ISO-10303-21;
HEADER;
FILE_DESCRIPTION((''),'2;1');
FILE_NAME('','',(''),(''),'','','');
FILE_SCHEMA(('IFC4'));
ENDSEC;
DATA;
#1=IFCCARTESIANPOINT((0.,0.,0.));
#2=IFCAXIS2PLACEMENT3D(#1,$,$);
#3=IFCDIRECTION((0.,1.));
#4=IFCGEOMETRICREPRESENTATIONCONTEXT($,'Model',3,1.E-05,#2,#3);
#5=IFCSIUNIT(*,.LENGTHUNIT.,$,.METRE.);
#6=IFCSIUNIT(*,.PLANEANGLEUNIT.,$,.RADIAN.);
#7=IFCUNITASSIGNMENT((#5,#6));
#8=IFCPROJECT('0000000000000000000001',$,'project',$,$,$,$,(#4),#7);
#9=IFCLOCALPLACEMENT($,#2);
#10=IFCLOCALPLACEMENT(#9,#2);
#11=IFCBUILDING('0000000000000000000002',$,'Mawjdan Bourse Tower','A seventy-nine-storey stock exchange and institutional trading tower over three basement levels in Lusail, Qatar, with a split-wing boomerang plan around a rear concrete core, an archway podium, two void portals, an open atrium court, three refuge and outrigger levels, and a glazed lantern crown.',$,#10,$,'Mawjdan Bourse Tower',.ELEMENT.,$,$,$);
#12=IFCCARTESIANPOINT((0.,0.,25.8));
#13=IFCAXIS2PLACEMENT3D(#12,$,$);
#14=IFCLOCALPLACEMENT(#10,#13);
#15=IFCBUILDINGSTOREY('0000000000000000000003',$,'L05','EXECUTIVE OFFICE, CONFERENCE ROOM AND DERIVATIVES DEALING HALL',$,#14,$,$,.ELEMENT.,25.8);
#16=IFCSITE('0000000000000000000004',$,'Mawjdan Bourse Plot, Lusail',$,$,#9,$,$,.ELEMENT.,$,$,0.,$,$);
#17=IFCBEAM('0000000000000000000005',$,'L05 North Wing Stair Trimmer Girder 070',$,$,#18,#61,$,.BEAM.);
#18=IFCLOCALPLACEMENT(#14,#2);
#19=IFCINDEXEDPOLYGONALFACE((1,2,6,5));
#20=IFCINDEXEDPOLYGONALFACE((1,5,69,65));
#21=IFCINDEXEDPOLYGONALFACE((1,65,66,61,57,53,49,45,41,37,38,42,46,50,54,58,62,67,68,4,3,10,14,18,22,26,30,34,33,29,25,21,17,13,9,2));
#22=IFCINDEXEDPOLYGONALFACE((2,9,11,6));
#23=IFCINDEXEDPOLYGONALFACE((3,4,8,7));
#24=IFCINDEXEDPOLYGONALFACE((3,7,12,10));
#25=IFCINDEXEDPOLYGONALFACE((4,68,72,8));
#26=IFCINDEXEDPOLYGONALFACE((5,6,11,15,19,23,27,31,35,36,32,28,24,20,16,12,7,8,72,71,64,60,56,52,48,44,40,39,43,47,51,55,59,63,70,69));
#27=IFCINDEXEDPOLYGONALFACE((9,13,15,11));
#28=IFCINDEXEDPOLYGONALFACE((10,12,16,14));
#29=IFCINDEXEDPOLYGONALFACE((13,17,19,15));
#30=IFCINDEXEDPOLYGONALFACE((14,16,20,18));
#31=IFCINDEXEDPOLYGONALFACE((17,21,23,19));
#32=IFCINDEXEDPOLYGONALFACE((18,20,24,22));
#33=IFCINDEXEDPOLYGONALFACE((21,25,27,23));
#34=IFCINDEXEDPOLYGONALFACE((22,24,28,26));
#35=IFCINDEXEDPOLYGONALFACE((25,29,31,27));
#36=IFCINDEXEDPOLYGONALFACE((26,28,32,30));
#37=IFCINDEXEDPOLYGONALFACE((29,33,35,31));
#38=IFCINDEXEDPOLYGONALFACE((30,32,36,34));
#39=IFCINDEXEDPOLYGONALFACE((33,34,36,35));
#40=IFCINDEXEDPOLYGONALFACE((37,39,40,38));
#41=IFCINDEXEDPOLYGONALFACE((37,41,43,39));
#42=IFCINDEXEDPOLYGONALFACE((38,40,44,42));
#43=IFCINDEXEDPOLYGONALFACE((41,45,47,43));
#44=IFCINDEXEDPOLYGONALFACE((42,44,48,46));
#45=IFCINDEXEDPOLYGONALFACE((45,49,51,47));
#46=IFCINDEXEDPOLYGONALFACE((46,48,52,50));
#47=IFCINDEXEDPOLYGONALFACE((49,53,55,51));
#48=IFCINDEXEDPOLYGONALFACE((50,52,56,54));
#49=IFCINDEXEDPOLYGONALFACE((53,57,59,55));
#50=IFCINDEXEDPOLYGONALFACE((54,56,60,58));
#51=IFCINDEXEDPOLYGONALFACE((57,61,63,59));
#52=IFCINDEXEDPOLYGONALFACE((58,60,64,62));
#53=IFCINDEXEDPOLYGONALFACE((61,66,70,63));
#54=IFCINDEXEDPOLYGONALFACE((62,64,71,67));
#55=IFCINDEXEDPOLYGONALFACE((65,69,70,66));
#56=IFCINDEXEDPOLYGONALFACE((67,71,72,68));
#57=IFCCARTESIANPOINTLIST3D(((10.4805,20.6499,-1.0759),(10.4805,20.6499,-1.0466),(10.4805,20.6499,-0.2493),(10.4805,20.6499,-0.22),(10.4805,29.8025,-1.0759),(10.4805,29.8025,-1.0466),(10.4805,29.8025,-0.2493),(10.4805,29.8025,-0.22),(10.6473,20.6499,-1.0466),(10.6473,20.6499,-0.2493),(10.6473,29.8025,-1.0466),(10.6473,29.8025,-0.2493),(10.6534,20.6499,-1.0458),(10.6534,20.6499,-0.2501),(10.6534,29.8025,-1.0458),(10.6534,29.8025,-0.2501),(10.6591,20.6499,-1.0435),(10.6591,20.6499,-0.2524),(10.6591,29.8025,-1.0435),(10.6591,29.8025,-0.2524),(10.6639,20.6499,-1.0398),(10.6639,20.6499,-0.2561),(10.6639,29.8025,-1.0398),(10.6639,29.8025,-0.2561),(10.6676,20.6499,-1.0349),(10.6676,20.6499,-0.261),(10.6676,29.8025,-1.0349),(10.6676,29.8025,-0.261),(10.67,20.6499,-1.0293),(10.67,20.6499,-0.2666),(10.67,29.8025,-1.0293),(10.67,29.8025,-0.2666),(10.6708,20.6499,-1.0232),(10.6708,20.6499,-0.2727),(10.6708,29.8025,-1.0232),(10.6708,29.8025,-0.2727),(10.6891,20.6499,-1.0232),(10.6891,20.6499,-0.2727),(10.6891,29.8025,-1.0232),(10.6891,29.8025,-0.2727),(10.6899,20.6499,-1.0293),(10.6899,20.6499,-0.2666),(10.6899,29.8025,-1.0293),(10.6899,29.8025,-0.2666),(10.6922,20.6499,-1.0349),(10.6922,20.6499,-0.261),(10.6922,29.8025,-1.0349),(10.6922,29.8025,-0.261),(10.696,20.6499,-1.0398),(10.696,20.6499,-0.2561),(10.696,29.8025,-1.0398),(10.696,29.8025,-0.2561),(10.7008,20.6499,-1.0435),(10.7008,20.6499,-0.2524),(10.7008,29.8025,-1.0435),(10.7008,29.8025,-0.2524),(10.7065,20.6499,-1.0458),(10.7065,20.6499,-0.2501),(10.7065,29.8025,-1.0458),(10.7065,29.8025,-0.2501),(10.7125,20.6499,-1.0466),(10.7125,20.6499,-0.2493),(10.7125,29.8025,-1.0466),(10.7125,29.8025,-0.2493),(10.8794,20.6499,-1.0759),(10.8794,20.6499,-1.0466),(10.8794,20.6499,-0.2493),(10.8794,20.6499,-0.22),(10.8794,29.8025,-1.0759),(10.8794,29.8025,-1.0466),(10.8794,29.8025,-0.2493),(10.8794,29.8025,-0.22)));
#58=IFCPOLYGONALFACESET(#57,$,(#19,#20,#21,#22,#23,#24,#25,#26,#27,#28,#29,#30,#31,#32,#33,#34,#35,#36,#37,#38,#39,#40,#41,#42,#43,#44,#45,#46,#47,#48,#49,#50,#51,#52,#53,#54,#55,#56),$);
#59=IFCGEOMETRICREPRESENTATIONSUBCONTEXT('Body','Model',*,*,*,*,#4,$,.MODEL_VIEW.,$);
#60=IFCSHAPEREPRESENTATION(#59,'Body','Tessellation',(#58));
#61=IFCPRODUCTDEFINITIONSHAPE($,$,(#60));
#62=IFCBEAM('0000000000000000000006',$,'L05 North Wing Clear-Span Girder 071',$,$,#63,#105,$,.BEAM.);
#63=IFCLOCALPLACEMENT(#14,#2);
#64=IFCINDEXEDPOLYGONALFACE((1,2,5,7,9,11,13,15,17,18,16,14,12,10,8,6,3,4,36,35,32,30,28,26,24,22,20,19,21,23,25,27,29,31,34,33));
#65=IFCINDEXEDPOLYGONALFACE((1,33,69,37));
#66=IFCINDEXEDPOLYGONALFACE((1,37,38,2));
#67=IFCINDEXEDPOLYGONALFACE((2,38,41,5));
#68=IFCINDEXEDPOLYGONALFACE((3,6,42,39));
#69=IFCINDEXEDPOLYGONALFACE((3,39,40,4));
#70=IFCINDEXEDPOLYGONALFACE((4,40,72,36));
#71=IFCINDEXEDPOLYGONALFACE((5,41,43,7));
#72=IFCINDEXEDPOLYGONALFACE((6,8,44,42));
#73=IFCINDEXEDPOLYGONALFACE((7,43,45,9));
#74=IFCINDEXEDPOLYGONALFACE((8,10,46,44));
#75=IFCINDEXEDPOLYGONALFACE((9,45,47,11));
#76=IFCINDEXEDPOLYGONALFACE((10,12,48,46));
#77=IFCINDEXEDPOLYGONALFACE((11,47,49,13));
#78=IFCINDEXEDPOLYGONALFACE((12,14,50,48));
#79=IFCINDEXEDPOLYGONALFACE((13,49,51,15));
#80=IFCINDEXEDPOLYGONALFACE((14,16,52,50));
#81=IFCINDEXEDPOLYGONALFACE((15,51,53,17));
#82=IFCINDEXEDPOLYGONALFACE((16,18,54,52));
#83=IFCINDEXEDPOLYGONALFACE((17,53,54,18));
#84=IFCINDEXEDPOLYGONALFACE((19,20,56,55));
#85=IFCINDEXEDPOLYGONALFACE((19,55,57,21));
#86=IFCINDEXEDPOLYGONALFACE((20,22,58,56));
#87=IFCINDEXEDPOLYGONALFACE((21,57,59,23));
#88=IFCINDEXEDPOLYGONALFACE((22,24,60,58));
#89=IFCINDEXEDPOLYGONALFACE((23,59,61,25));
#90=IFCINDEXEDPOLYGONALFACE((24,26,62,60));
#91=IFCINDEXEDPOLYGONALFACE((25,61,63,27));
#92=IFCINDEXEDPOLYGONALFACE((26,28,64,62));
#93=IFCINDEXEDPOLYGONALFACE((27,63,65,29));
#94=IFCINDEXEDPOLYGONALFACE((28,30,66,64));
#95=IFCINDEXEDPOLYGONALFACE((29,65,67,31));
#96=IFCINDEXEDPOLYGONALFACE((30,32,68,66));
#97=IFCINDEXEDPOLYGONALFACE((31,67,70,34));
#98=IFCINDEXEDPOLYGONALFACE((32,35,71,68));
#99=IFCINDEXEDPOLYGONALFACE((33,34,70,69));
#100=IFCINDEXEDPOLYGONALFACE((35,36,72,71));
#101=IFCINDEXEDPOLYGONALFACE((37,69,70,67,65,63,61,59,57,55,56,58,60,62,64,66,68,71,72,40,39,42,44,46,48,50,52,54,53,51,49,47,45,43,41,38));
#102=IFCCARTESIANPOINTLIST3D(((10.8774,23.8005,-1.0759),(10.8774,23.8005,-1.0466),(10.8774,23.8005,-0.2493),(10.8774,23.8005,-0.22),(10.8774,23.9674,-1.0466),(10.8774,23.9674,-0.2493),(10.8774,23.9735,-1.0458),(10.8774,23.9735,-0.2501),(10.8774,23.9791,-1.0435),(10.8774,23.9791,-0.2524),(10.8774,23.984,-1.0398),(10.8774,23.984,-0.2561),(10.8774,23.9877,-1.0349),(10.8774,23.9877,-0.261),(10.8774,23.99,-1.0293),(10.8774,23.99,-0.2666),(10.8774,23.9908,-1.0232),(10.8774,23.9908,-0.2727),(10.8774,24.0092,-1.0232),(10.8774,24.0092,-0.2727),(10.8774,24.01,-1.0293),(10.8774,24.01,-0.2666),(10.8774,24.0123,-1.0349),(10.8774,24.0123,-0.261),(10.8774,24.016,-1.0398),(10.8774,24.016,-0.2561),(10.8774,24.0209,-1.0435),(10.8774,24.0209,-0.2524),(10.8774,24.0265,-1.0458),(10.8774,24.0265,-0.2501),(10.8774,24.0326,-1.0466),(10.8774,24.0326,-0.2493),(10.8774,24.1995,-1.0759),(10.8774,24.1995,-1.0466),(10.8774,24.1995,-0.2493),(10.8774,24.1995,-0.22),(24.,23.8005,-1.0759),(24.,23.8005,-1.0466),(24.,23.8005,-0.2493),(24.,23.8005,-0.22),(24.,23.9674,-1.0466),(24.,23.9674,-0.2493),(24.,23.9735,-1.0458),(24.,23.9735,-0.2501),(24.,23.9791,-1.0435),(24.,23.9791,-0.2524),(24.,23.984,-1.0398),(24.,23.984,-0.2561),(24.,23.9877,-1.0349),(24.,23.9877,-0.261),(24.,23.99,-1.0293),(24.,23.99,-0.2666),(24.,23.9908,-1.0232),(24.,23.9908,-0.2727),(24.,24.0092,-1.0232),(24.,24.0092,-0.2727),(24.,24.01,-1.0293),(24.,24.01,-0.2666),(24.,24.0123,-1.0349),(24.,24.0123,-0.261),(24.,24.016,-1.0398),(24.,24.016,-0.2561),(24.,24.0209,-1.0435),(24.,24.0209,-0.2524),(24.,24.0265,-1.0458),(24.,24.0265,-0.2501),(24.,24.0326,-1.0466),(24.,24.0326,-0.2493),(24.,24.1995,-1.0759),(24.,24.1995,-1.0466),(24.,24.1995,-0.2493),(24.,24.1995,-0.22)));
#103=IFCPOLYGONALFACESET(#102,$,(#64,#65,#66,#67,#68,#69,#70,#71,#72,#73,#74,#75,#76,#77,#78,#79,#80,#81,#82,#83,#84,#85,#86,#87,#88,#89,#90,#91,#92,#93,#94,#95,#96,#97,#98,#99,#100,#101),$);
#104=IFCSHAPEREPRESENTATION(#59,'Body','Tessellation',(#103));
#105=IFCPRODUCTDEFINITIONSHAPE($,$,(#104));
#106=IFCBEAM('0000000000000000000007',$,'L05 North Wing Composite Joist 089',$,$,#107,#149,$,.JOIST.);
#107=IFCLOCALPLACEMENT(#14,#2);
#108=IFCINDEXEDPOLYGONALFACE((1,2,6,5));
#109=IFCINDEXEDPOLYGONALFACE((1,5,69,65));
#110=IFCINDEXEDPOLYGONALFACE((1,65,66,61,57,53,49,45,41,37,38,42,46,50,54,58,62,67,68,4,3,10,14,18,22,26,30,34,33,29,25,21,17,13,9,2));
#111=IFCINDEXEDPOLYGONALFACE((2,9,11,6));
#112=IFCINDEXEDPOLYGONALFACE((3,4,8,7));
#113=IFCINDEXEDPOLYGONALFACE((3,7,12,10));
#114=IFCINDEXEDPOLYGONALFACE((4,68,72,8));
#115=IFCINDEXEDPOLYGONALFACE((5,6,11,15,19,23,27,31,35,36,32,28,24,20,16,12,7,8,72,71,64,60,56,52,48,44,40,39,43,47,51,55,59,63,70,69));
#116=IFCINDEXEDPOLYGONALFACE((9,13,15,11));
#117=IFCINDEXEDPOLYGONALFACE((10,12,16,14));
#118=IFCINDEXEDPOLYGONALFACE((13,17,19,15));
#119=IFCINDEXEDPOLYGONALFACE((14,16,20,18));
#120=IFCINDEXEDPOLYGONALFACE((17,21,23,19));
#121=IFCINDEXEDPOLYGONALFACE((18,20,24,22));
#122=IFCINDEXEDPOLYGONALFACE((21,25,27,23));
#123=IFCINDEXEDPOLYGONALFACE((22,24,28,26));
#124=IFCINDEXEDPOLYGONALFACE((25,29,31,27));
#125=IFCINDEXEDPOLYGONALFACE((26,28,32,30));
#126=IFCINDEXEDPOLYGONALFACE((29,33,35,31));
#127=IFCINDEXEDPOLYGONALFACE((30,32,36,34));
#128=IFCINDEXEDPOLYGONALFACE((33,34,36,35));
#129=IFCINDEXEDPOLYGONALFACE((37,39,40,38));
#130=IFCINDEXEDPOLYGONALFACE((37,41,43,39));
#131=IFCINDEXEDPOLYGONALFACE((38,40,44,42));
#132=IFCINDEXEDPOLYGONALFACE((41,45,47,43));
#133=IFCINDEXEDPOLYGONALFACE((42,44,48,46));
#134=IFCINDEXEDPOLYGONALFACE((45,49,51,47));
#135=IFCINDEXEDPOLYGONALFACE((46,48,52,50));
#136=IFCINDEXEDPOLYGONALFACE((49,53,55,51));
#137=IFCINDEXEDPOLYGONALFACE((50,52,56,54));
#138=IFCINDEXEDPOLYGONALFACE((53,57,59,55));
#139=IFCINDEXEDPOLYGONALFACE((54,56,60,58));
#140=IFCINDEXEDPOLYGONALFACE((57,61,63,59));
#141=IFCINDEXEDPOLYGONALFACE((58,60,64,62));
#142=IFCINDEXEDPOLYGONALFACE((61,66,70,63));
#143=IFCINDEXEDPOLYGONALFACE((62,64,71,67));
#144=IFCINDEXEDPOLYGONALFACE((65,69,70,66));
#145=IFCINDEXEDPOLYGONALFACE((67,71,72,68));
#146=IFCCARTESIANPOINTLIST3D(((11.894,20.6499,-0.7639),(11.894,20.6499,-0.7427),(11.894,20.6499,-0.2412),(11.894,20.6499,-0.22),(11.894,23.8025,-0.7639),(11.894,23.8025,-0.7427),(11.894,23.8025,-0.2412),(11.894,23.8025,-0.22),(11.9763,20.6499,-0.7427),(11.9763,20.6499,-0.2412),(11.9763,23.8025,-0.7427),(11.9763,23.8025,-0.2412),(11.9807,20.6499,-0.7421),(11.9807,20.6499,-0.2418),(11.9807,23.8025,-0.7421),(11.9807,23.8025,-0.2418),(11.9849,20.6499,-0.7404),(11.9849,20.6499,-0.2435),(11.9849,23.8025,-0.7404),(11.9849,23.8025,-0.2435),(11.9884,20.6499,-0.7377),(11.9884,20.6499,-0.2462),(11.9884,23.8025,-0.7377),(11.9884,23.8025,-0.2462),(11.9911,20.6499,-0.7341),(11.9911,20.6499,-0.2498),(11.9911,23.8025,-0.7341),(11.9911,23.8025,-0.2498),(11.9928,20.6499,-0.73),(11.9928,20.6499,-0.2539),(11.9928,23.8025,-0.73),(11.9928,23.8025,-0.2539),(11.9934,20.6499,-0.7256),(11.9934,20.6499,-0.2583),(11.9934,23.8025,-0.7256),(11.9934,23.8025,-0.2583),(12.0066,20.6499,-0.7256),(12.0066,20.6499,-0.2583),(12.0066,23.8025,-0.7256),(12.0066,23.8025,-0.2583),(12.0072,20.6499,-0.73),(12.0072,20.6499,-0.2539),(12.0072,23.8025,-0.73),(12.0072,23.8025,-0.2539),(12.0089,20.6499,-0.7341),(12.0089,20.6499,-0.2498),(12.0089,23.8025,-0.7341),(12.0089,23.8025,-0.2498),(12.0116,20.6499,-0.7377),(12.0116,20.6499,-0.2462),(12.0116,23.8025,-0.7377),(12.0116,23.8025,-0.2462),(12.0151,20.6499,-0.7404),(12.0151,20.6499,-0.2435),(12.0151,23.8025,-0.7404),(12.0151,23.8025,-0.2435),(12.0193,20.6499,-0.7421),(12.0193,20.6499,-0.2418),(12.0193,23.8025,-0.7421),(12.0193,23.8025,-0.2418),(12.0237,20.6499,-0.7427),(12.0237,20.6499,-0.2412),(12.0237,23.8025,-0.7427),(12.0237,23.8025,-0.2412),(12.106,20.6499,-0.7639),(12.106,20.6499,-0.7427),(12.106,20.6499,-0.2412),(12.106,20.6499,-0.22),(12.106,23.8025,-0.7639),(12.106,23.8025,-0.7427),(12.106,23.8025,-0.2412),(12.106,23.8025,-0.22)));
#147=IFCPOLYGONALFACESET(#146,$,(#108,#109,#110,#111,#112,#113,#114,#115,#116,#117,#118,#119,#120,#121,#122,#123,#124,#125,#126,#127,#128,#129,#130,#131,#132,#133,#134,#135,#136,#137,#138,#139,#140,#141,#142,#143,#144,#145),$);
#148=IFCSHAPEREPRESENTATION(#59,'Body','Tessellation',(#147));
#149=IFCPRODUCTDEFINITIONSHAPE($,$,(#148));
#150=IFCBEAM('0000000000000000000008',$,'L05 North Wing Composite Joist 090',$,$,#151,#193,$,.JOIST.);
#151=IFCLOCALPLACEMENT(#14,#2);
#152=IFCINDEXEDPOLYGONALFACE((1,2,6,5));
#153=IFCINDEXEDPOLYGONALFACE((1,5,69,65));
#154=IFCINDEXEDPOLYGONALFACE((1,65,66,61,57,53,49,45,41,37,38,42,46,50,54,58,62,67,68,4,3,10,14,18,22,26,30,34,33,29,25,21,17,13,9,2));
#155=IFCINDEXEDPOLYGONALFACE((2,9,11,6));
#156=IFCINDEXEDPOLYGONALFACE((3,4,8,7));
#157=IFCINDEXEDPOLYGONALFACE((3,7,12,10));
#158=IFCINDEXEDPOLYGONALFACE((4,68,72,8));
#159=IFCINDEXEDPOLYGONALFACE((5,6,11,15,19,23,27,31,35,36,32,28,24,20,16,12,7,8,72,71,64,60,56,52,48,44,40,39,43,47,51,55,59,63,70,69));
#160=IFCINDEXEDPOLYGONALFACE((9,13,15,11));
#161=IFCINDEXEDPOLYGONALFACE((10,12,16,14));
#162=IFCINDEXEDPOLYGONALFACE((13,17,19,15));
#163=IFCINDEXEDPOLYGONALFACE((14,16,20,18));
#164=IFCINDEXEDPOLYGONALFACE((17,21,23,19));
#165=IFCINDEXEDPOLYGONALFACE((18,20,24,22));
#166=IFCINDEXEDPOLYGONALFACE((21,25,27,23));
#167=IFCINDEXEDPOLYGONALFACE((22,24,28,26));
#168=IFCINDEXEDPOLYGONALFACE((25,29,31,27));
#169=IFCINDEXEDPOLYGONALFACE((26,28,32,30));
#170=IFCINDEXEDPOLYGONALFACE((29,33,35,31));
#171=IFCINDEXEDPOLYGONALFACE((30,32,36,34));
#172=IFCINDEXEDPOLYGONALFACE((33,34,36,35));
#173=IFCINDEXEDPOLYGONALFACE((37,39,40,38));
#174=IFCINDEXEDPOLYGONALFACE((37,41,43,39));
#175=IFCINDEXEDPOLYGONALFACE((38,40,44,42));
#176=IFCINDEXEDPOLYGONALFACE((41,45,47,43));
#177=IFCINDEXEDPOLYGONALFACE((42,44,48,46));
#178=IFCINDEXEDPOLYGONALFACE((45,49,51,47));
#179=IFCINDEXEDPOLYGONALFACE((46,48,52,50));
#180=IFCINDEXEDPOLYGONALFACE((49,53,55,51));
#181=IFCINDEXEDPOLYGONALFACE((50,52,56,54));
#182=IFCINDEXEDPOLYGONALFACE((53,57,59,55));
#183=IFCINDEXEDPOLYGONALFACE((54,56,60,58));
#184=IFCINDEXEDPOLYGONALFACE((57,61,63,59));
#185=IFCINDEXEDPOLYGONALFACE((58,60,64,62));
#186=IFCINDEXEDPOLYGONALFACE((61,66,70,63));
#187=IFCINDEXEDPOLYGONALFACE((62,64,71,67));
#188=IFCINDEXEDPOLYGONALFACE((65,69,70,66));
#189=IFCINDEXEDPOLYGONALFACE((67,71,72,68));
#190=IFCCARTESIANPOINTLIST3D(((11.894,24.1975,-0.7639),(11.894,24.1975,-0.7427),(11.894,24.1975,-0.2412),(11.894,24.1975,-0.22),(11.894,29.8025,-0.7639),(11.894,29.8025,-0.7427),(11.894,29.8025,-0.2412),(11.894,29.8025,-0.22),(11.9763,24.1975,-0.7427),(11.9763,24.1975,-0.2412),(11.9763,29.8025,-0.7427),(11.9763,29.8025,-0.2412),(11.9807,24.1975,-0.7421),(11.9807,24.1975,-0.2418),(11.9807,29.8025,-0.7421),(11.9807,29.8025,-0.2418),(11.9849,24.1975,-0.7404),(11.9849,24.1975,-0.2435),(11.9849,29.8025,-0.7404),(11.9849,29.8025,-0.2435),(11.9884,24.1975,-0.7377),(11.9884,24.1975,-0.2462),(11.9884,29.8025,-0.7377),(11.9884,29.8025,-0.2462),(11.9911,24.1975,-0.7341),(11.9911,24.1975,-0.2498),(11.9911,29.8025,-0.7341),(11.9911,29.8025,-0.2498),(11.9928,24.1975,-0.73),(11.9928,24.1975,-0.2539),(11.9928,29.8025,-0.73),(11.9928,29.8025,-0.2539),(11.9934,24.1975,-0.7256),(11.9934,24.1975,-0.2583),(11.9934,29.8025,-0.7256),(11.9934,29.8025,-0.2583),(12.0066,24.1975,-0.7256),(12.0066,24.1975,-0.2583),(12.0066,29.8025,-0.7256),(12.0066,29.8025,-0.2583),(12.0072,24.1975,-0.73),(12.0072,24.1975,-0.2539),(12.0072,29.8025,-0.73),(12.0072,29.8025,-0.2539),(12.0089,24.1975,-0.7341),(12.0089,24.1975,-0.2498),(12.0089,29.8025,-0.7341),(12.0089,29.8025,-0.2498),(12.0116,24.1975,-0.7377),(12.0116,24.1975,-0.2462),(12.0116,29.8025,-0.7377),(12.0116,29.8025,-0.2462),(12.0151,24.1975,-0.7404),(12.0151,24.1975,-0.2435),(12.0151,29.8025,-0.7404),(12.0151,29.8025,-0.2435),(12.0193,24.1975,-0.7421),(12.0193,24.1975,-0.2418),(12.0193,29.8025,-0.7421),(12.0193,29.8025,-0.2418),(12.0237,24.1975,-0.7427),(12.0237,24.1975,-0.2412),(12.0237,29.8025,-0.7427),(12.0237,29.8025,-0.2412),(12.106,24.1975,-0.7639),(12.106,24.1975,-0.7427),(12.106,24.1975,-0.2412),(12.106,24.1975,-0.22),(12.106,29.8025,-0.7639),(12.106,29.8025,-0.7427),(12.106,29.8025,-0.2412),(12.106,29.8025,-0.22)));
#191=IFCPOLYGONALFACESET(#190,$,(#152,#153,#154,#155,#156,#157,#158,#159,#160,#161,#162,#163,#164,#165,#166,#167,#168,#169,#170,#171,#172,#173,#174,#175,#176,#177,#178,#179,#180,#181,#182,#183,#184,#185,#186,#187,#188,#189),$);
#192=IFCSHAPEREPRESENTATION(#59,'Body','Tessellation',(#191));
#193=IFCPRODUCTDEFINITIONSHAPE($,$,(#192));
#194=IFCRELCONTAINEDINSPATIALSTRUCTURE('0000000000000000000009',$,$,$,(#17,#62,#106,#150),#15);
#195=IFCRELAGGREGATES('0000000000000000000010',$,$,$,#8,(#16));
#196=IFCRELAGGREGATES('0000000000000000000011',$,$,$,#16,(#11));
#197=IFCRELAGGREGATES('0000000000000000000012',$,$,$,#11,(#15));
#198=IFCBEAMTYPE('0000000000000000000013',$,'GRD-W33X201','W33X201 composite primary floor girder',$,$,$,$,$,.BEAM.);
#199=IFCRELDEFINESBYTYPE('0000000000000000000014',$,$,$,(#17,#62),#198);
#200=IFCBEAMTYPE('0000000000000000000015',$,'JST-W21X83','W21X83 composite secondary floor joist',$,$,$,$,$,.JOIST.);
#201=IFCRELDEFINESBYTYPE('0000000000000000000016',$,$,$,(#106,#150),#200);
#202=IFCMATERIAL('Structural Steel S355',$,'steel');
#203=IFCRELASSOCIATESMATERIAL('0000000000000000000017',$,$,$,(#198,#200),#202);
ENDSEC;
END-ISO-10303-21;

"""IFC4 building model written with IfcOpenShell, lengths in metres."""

from ifc_helpers import new_model, si_unit, direction, frame, origin, origin_2d, place, context, subcontext, project, spatial, i_section, extrude, material, material_profile, profile_set, type_object, element, save


model = new_model("IFC4")

# Units and contexts
model_context = context("Model", 3, precision=1e-05, world=origin(), true_north=direction((0.0, 1.0)))
body_context = subcontext(model_context, "Body", "Model", "MODEL_VIEW")
ifc_project = project(units=[si_unit("LENGTHUNIT", "METRE"), si_unit("PLANEANGLEUNIT", "RADIAN")], contexts=[model_context])

# Site, building, storey
site_placement = place(None, origin())
site = spatial("IfcSite", under=ifc_project, at=site_placement, Name="Mawjdan Bourse Plot, Lusail", CompositionType="ELEMENT", RefElevation=0.0)
building_placement = place(site_placement, origin())
building = spatial("IfcBuilding", under=site, at=building_placement, Name="Mawjdan Bourse Tower", Description="A seventy-nine-storey stock exchange and institutional trading tower over three basement levels in Lusail, Qatar, with a split-wing boomerang plan around a rear concrete core, an archway podium, two void portals, an open atrium court, three refuge and outrigger levels, and a glazed lantern crown.", LongName="Mawjdan Bourse Tower", CompositionType="ELEMENT")
storey_placement = place(building_placement, frame((0.0, 0.0, 25.8)))
storey = spatial("IfcBuildingStorey", under=building, at=storey_placement, Name="L05", Description="EXECUTIVE OFFICE, CONFERENCE ROOM AND DERIVATIVES DEALING HALL", CompositionType="ELEMENT", Elevation=25.8)

# Beams
ifc_material_1 = material(Name="Structural Steel S355", Category="steel")
ifc_material_profile_1 = material_profile(ifc_material_1, i_section(OverallWidth=0.3989, OverallDepth=0.856, WebThickness=0.0183, FlangeThickness=0.0293, FilletRadius=0.0234, at=origin_2d()), Name="W33X201")
ifc_profile_set_1 = profile_set([ifc_material_profile_1], Name="Structural Steel S355")
beam_type_1 = type_object("IfcBeamType", Name="GRD-W33X201", Description="W33X201 composite primary floor girder", PredefinedType="BEAM", material=ifc_profile_set_1)
beam_1_placement = place(storey_placement, frame((10.6799, 20.6499, -0.6479), z_axis=(0.0, 1.0, 0.0), x_axis=(-1.0, 0.0, 0.0)))
element("IfcBeam", 1, at=beam_1_placement, inside=storey, type_object=beam_type_1, Name="L05 North Wing Stair Trimmer Girder 070", PredefinedType="BEAM", context=body_context, shape_type="SweptSolid", body=[
    extrude(i_section(OverallWidth=0.3989, OverallDepth=0.856, WebThickness=0.0183, FlangeThickness=0.0293, FilletRadius=0.0234, at=origin_2d()), origin(), (0.0, 0.0, 1.0), 9.1526),
])
beam_2_placement = place(storey_placement, frame((10.8774, 24.0, -0.6479), z_axis=(1.0, 0.0, 0.0), x_axis=(0.0, 1.0, 0.0)))
element("IfcBeam", 2, at=beam_2_placement, inside=storey, type_object=beam_type_1, Name="L05 North Wing Clear-Span Girder 071", PredefinedType="BEAM", context=body_context, shape_type="SweptSolid", body=[
    extrude(i_section(OverallWidth=0.3989, OverallDepth=0.856, WebThickness=0.0183, FlangeThickness=0.0293, FilletRadius=0.0234, at=origin_2d()), origin(), (0.0, 0.0, 1.0), 13.1226),
])
ifc_material_profile_2 = material_profile(ifc_material_1, i_section(OverallWidth=0.2119, OverallDepth=0.5439, WebThickness=0.0132, FlangeThickness=0.0212, FilletRadius=0.0171, at=origin_2d()), Name="W21X83")
ifc_profile_set_2 = profile_set([ifc_material_profile_2], Name="Structural Steel S355")
beam_type_2 = type_object("IfcBeamType", Name="JST-W21X83", Description="W21X83 composite secondary floor joist", PredefinedType="JOIST", material=ifc_profile_set_2)
beam_3_placement = place(storey_placement, frame((12.0, 20.6499, -0.4919), z_axis=(0.0, 1.0, 0.0), x_axis=(-1.0, 0.0, 0.0)))
element("IfcBeam", 3, at=beam_3_placement, inside=storey, type_object=beam_type_2, Name="L05 North Wing Composite Joist 089", PredefinedType="JOIST", context=body_context, shape_type="SweptSolid", body=[
    extrude(i_section(OverallWidth=0.2119, OverallDepth=0.5439, WebThickness=0.0132, FlangeThickness=0.0212, FilletRadius=0.0171, at=origin_2d()), origin(), (0.0, 0.0, 1.0), 3.1526),
])
beam_4_placement = place(storey_placement, frame((12.0, 24.1975, -0.4919), z_axis=(0.0, 1.0, 0.0), x_axis=(-1.0, 0.0, 0.0)))
element("IfcBeam", 4, at=beam_4_placement, inside=storey, type_object=beam_type_2, Name="L05 North Wing Composite Joist 090", PredefinedType="JOIST", context=body_context, shape_type="SweptSolid", body=[
    extrude(i_section(OverallWidth=0.2119, OverallDepth=0.5439, WebThickness=0.0132, FlangeThickness=0.0212, FilletRadius=0.0171, at=origin_2d()), origin(), (0.0, 0.0, 1.0), 5.605),
])

save(model, "model.ifc")
